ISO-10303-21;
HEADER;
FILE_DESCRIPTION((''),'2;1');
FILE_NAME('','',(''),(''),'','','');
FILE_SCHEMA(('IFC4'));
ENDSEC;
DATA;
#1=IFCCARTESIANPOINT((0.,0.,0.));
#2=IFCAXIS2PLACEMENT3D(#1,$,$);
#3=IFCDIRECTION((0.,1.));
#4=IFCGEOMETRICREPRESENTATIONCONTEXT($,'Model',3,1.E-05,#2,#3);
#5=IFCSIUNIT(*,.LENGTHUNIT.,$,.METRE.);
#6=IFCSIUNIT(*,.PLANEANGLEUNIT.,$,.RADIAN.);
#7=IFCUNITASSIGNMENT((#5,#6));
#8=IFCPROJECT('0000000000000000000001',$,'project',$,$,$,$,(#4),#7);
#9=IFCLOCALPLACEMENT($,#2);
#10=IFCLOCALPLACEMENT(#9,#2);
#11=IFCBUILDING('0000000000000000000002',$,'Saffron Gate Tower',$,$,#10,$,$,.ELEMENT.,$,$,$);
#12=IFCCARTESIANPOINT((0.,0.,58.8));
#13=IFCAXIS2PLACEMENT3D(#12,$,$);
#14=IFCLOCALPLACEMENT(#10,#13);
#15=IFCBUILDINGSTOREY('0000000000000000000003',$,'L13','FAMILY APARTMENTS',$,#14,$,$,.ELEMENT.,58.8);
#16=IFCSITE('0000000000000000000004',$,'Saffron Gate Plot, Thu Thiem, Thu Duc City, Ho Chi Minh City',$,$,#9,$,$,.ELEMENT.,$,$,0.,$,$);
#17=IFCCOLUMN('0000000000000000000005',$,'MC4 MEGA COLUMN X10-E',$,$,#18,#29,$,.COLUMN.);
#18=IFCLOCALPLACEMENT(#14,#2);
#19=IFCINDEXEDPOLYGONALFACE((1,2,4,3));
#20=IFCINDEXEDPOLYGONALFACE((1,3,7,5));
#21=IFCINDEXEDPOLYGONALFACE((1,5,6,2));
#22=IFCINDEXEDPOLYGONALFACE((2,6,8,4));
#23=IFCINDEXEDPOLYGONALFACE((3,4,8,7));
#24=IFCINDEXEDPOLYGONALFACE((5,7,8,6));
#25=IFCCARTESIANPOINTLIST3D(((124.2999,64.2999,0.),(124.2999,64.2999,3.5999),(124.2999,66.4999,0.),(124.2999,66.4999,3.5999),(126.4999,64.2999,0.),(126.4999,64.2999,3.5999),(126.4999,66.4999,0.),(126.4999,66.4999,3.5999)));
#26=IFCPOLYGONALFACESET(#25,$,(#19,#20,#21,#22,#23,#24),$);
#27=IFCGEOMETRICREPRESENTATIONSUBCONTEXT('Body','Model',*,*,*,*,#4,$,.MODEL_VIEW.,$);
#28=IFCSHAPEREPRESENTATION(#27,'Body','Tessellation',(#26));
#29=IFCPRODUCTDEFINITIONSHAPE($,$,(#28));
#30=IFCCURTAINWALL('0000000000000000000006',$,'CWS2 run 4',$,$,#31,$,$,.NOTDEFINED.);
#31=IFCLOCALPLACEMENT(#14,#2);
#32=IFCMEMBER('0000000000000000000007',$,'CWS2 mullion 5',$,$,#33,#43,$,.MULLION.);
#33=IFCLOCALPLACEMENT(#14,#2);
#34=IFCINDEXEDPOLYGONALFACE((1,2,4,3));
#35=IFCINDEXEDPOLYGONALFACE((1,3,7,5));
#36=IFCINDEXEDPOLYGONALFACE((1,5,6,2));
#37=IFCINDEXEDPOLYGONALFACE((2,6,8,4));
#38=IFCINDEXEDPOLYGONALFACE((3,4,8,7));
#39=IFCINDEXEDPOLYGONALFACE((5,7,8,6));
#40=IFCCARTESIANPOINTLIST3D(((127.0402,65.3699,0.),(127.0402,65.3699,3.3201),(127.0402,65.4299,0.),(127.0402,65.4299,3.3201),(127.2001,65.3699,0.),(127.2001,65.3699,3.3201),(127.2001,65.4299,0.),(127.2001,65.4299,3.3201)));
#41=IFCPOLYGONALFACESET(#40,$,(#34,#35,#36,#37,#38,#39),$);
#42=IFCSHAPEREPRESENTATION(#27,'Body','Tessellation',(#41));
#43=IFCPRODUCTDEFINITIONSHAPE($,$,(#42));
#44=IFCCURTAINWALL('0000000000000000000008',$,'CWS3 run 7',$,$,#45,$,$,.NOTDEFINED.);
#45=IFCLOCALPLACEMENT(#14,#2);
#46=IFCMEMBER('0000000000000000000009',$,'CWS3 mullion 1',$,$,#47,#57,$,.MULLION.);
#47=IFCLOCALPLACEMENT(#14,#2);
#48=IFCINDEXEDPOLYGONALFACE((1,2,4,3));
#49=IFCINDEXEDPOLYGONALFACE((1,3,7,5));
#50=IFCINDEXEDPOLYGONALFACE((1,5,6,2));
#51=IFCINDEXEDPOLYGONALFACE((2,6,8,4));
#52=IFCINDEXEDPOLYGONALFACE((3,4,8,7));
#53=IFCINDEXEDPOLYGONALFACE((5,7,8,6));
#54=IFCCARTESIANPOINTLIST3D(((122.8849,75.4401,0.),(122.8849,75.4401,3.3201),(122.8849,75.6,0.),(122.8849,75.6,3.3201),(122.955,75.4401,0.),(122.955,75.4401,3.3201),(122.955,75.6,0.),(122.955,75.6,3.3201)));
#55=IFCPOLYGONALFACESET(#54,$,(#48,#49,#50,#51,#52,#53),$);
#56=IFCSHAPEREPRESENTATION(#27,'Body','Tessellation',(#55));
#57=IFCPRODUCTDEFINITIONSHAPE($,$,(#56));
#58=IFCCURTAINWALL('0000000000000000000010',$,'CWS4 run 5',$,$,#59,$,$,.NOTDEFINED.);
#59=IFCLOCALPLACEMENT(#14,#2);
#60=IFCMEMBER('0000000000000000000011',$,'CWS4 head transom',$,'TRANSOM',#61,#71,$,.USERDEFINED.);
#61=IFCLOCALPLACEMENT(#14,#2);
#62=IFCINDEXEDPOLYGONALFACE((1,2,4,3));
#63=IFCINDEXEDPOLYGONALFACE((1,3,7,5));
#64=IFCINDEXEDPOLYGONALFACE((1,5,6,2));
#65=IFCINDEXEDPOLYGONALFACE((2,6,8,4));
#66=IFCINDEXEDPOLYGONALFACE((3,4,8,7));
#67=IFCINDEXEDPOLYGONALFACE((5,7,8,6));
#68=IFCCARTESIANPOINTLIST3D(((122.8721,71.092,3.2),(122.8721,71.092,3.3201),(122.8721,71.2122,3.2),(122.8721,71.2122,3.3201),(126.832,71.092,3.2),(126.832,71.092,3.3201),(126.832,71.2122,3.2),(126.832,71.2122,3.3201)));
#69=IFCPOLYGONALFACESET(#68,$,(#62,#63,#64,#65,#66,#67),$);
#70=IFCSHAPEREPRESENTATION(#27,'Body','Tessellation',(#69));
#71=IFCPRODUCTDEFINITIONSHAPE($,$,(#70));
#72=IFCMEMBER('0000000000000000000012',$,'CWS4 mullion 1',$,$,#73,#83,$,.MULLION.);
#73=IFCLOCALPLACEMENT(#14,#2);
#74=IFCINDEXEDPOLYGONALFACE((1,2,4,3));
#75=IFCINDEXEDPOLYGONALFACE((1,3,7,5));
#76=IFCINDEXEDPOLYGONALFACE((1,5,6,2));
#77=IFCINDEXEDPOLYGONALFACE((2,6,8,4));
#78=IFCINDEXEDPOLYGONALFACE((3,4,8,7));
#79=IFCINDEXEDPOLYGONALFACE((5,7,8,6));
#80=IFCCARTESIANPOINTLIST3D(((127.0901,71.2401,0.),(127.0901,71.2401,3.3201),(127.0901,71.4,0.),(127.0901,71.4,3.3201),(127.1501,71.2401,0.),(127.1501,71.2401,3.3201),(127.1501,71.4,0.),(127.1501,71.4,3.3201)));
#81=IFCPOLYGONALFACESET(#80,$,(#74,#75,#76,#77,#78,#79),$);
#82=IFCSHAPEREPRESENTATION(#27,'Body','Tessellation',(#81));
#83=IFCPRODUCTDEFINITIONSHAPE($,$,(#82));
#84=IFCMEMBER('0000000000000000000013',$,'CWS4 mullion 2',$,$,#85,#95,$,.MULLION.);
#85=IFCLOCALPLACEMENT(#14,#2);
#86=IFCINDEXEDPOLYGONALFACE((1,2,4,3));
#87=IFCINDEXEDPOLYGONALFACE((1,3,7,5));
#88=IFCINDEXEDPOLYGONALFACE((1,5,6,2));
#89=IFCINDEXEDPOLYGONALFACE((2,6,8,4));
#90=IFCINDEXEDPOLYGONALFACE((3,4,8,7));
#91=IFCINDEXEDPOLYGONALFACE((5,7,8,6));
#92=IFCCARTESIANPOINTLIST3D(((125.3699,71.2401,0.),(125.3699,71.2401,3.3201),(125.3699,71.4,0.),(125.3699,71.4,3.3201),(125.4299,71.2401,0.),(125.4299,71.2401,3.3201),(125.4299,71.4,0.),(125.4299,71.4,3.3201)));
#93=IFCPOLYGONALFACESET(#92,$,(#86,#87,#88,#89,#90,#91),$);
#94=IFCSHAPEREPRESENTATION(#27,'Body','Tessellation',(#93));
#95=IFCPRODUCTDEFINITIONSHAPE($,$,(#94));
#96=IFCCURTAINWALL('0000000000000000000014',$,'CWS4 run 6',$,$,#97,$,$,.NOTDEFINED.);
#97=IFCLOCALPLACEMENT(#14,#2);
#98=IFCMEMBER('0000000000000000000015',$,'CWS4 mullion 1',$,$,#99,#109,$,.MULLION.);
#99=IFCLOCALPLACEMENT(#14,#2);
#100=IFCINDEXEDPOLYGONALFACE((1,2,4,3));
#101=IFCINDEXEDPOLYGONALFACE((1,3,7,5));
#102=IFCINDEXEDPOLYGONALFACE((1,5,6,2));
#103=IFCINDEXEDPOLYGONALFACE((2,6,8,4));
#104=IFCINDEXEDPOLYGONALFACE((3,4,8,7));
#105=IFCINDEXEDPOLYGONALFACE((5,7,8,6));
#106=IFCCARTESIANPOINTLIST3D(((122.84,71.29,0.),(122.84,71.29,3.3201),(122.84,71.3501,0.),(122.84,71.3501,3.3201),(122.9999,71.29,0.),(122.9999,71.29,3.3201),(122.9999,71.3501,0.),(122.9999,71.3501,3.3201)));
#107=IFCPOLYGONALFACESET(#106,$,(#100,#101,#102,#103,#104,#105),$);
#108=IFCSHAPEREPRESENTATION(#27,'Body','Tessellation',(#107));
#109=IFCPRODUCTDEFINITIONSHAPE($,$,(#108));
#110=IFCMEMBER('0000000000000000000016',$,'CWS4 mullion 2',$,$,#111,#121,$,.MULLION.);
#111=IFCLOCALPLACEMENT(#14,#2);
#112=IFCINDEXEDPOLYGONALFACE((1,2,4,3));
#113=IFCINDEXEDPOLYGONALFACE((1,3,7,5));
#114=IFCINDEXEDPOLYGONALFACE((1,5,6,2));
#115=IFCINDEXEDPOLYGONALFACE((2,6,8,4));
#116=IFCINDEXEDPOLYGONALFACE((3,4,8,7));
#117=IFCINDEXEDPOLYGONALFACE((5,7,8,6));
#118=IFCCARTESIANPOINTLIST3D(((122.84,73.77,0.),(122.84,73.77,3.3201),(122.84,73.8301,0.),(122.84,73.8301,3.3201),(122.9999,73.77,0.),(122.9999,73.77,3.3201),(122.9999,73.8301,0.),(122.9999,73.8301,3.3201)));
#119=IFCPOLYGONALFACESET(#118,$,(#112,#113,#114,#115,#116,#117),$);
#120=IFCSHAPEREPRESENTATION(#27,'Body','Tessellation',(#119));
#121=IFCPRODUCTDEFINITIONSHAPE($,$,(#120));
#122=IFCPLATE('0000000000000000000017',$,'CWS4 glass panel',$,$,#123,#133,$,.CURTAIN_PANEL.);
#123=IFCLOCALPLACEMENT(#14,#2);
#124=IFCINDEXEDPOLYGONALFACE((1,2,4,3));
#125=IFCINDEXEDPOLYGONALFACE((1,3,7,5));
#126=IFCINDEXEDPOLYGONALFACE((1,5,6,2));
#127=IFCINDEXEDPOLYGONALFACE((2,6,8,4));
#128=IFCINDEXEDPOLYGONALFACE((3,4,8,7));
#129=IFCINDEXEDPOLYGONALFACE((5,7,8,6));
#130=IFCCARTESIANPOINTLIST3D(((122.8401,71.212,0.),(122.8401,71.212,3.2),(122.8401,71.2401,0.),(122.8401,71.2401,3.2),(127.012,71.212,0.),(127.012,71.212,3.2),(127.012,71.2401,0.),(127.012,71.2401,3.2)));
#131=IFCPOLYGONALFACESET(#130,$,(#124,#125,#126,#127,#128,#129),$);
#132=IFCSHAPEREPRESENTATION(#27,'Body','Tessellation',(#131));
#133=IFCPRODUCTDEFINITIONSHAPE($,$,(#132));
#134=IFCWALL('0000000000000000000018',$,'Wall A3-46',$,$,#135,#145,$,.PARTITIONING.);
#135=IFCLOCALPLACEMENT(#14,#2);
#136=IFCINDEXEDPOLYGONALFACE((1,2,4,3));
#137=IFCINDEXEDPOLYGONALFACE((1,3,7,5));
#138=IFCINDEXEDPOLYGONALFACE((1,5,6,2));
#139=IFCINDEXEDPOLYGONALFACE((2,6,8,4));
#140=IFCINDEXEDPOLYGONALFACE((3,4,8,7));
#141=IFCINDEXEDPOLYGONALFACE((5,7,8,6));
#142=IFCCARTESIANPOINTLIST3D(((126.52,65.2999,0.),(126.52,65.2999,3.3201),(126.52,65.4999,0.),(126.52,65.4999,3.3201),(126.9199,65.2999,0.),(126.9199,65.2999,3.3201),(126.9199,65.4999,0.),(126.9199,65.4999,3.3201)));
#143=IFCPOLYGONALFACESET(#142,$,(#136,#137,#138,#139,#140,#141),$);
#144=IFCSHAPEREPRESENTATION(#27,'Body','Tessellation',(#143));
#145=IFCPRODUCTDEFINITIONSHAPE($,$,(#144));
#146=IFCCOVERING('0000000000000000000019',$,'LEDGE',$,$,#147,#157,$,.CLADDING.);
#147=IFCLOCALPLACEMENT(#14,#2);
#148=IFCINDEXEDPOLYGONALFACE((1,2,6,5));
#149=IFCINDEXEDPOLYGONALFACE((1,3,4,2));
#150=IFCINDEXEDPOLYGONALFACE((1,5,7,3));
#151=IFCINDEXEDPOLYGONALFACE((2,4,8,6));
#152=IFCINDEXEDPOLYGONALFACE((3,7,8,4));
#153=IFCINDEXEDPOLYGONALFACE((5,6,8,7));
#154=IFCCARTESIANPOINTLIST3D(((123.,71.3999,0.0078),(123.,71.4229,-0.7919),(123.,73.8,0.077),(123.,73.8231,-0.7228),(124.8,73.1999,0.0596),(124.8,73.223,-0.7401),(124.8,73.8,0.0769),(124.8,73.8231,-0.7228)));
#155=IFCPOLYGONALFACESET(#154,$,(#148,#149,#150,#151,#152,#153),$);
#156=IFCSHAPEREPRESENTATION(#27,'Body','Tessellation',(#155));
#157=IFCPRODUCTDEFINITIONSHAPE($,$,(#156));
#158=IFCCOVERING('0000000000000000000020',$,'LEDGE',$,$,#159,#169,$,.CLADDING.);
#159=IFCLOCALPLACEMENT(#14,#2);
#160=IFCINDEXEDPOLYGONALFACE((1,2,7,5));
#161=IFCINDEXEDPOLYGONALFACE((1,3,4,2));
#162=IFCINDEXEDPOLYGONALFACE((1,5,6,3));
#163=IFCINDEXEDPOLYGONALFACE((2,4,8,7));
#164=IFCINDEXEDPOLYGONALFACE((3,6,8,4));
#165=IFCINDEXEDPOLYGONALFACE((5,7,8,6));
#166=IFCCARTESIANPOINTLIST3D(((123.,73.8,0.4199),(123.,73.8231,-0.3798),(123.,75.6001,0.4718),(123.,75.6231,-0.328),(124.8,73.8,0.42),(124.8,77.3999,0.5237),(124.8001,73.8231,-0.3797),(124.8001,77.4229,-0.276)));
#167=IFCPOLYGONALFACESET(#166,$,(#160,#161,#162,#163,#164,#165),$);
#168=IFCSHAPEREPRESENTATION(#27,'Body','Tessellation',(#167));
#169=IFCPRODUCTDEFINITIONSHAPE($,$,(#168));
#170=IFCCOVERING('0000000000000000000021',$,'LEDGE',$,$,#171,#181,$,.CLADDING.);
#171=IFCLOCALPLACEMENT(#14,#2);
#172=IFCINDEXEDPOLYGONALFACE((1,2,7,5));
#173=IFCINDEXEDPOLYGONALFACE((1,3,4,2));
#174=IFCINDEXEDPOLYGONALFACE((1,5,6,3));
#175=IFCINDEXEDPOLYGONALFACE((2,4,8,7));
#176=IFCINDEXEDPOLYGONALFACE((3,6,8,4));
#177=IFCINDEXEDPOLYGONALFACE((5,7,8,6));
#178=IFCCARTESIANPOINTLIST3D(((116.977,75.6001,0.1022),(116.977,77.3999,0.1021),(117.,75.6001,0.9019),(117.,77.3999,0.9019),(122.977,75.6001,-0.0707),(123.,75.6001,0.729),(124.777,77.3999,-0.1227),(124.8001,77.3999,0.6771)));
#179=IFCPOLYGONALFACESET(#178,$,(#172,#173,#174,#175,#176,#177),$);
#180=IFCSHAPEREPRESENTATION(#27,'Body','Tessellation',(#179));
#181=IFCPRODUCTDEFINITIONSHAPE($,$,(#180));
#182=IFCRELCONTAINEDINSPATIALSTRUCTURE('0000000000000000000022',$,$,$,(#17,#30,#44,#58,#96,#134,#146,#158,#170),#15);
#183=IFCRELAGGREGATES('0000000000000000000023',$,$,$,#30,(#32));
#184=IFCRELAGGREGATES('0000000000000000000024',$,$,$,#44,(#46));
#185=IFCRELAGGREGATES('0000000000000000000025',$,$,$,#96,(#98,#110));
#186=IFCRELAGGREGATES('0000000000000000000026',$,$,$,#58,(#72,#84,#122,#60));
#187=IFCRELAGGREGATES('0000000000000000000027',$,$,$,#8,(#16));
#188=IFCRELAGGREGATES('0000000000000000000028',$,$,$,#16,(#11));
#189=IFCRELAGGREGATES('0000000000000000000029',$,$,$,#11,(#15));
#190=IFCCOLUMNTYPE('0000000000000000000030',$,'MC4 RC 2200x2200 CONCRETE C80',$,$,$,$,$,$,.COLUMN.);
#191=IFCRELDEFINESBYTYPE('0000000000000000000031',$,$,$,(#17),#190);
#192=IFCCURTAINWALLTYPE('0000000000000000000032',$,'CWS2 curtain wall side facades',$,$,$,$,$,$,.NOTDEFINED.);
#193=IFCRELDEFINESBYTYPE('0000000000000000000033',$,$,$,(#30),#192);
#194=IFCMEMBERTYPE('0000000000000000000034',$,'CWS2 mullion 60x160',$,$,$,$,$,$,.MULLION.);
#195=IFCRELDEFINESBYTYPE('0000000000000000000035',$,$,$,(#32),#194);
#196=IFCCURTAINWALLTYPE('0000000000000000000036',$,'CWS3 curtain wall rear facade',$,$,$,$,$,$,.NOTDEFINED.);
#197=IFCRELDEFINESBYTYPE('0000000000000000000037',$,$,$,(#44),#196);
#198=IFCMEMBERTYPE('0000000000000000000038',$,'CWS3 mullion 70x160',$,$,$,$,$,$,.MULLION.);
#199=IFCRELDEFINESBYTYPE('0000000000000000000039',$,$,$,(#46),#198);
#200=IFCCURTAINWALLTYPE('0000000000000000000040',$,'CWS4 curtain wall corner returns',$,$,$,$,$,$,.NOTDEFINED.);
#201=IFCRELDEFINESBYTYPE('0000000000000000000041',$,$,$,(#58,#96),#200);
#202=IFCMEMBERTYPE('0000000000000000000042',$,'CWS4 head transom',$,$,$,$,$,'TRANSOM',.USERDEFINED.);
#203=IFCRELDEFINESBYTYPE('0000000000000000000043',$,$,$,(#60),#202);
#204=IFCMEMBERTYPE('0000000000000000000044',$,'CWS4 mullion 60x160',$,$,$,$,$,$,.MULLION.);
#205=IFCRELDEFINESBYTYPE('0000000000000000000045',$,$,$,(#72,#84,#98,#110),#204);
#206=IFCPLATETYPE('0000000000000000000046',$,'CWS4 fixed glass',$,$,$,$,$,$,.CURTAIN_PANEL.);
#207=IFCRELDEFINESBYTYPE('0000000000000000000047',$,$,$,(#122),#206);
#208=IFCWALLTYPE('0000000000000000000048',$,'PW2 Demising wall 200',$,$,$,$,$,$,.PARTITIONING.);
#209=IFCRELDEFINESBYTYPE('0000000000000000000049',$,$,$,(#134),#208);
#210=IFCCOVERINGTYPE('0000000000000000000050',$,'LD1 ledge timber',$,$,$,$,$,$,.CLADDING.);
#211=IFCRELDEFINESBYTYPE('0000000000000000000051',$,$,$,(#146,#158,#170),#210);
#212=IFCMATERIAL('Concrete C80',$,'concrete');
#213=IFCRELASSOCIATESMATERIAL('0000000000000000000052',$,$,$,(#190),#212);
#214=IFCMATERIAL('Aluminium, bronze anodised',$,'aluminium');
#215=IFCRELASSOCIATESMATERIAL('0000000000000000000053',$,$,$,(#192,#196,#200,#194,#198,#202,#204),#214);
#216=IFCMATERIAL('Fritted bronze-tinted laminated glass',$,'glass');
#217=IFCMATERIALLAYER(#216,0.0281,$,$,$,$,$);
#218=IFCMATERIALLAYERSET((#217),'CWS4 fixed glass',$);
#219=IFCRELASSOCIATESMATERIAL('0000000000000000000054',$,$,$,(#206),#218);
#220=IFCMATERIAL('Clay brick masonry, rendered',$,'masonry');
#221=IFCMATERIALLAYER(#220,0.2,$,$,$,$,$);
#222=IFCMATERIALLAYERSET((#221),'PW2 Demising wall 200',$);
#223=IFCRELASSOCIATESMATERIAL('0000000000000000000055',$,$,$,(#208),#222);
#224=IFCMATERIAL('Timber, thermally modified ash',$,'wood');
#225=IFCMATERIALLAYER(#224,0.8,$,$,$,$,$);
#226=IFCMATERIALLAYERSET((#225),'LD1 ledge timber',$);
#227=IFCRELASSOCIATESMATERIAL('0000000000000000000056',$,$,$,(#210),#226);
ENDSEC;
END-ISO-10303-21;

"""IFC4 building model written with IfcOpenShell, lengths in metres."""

from ifc_helpers import new_model, si_unit, direction, frame, frame_2d, origin, origin_2d, place, context, subcontext, project, spatial, polyline, rectangle, outline, extrude, material, layer, layer_set, material_profile, profile_set, type_object, element, aggregate, save


model = new_model("IFC4")

# Units and contexts
model_context = context("Model", 3, precision=1e-05, world=origin(), true_north=direction((0.0, 1.0)))
body_context = subcontext(model_context, "Body", "Model", "MODEL_VIEW")
ifc_project = project(units=[si_unit("LENGTHUNIT", "METRE"), si_unit("PLANEANGLEUNIT", "RADIAN")], contexts=[model_context])

# Site, building, storey
site_placement = place(None, origin())
site = spatial("IfcSite", under=ifc_project, at=site_placement, Name="Saffron Gate Plot, Thu Thiem, Thu Duc City, Ho Chi Minh City", CompositionType="ELEMENT", RefElevation=0.0)
building_placement = place(site_placement, origin())
building = spatial("IfcBuilding", under=site, at=building_placement, Name="Saffron Gate Tower", CompositionType="ELEMENT")
storey_placement = place(building_placement, frame((0.0, 0.0, 58.8)))
storey = spatial("IfcBuildingStorey", under=building, at=storey_placement, Name="L13", Description="FAMILY APARTMENTS", CompositionType="ELEMENT", Elevation=58.8)

# Column
ifc_material_1 = material(Name="Concrete C80", Category="concrete")
ifc_material_profile_1 = material_profile(ifc_material_1, rectangle(XDim=2.2, YDim=2.2, at=origin_2d()))
ifc_profile_set_1 = profile_set([ifc_material_profile_1], Name="Concrete C80")
column_type = type_object("IfcColumnType", Name="MC4 RC 2200x2200 CONCRETE C80", PredefinedType="COLUMN", material=ifc_profile_set_1)
column_placement = place(storey_placement, frame((125.3999, 65.3999, 0.0), z_axis=(0.0, 0.0, 1.0), x_axis=(1.0, 0.0, 0.0)))
element("IfcColumn", 1, at=column_placement, inside=storey, type_object=column_type, Name="MC4 MEGA COLUMN X10-E", PredefinedType="COLUMN", context=body_context, shape_type="SweptSolid", body=[
    extrude(rectangle(XDim=2.2, YDim=2.2, at=origin_2d()), origin(), (0.0, 0.0, 1.0), 3.5999),
])

# Curtain walls, members
ifc_material_2 = material(Name="Aluminium, bronze anodised", Category="aluminium")
curtain_wall_type_1 = type_object("IfcCurtainWallType", Name="CWS2 curtain wall side facades", PredefinedType="NOTDEFINED", material=ifc_material_2)
curtain_wall_1_placement = place(storey_placement, origin())
curtain_wall_1 = element("IfcCurtainWall", 2, at=curtain_wall_1_placement, inside=storey, type_object=curtain_wall_type_1, Name="CWS2 run 4", PredefinedType="NOTDEFINED")
ifc_material_profile_2 = material_profile(ifc_material_2, rectangle(XDim=0.1599, YDim=0.0601, at=origin_2d()))
ifc_profile_set_2 = profile_set([ifc_material_profile_2], Name="Aluminium, bronze anodised")
member_type_1 = type_object("IfcMemberType", Name="CWS2 mullion 60x160", PredefinedType="MULLION", material=ifc_profile_set_2)
member_1_placement = place(storey_placement, frame((127.1201, 65.3999, 0.0), z_axis=(0.0, 0.0, 1.0), x_axis=(-1.0, 0.0, 0.0)))
member_1 = element("IfcMember", 3, at=member_1_placement, type_object=member_type_1, Name="CWS2 mullion 5", PredefinedType="MULLION", context=body_context, shape_type="SweptSolid", body=[
    extrude(rectangle(XDim=0.1599, YDim=0.0601, at=origin_2d()), origin(), (0.0, 0.0, 1.0), 3.3201),
])
aggregate(curtain_wall_1, [member_1])
curtain_wall_type_2 = type_object("IfcCurtainWallType", Name="CWS3 curtain wall rear facade", PredefinedType="NOTDEFINED", material=ifc_material_2)
curtain_wall_2_placement = place(storey_placement, origin())
curtain_wall_2 = element("IfcCurtainWall", 4, at=curtain_wall_2_placement, inside=storey, type_object=curtain_wall_type_2, Name="CWS3 run 7", PredefinedType="NOTDEFINED")
ifc_material_profile_3 = material_profile(ifc_material_2, rectangle(XDim=0.1599, YDim=0.0701, at=origin_2d()))
ifc_profile_set_3 = profile_set([ifc_material_profile_3], Name="Aluminium, bronze anodised")
member_type_2 = type_object("IfcMemberType", Name="CWS3 mullion 70x160", PredefinedType="MULLION", material=ifc_profile_set_3)
member_2_placement = place(storey_placement, frame((122.9199, 75.52, 0.0), z_axis=(0.0, 0.0, 1.0), x_axis=(0.0, -1.0, 0.0)))
member_2 = element("IfcMember", 5, at=member_2_placement, type_object=member_type_2, Name="CWS3 mullion 1", PredefinedType="MULLION", context=body_context, shape_type="SweptSolid", body=[
    extrude(rectangle(XDim=0.1599, YDim=0.0701, at=origin_2d()), origin(), (0.0, 0.0, 1.0), 3.3201),
])
aggregate(curtain_wall_2, [member_2])

# Curtain walls, members
curtain_wall_type_3 = type_object("IfcCurtainWallType", Name="CWS4 curtain wall corner returns", PredefinedType="NOTDEFINED", material=ifc_material_2)
curtain_wall_3_placement = place(storey_placement, origin())
curtain_wall_3 = element("IfcCurtainWall", 6, at=curtain_wall_3_placement, inside=storey, type_object=curtain_wall_type_3, Name="CWS4 run 5", PredefinedType="NOTDEFINED")
ifc_material_profile_4 = material_profile(ifc_material_2, rectangle(XDim=0.1201, YDim=0.1201, at=origin_2d()))
ifc_profile_set_4 = profile_set([ifc_material_profile_4], Name="Aluminium, bronze anodised")
member_type_3 = type_object("IfcMemberType", Name="CWS4 head transom", ElementType="TRANSOM", PredefinedType="USERDEFINED", material=ifc_profile_set_4)
member_3_placement = place(storey_placement, frame((126.832, 71.1521, 3.26), z_axis=(-1.0, 0.0, 0.0), x_axis=(0.0, -1.0, 0.0)))
member_3 = element("IfcMember", 7, at=member_3_placement, type_object=member_type_3, Name="CWS4 head transom", ObjectType="TRANSOM", PredefinedType="USERDEFINED", context=body_context, shape_type="SweptSolid", body=[
    extrude(rectangle(XDim=0.1201, YDim=0.1201, at=origin_2d()), origin(), (0.0, 0.0, 1.0), 3.96),
])
ifc_material_profile_5 = material_profile(ifc_material_2, rectangle(XDim=0.1599, YDim=0.0601, at=origin_2d()))
ifc_profile_set_5 = profile_set([ifc_material_profile_5], Name="Aluminium, bronze anodised")
member_type_4 = type_object("IfcMemberType", Name="CWS4 mullion 60x160", PredefinedType="MULLION", material=ifc_profile_set_5)
member_4_placement = place(storey_placement, frame((127.1201, 71.3201, 0.0), z_axis=(0.0, 0.0, 1.0), x_axis=(0.0, -1.0, 0.0)))
member_4 = element("IfcMember", 8, at=member_4_placement, type_object=member_type_4, Name="CWS4 mullion 1", PredefinedType="MULLION", context=body_context, shape_type="SweptSolid", body=[
    extrude(rectangle(XDim=0.1599, YDim=0.0601, at=origin_2d()), origin(), (0.0, 0.0, 1.0), 3.3201),
])
member_5_placement = place(storey_placement, frame((125.3999, 71.3201, 0.0), z_axis=(0.0, 0.0, 1.0), x_axis=(0.0, -1.0, 0.0)))
member_5 = element("IfcMember", 9, at=member_5_placement, type_object=member_type_4, Name="CWS4 mullion 2", PredefinedType="MULLION", context=body_context, shape_type="SweptSolid", body=[
    extrude(rectangle(XDim=0.1599, YDim=0.0601, at=origin_2d()), origin(), (0.0, 0.0, 1.0), 3.3201),
])
curtain_wall_4_placement = place(storey_placement, origin())
curtain_wall_4 = element("IfcCurtainWall", 10, at=curtain_wall_4_placement, inside=storey, type_object=curtain_wall_type_3, Name="CWS4 run 6", PredefinedType="NOTDEFINED")
member_6_placement = place(storey_placement, frame((122.9199, 71.3201, 0.0), z_axis=(0.0, 0.0, 1.0), x_axis=(-1.0, 0.0, 0.0)))
member_6 = element("IfcMember", 11, at=member_6_placement, type_object=member_type_4, Name="CWS4 mullion 1", PredefinedType="MULLION", context=body_context, shape_type="SweptSolid", body=[
    extrude(rectangle(XDim=0.1599, YDim=0.0601, at=origin_2d()), origin(), (0.0, 0.0, 1.0), 3.3201),
])
member_7_placement = place(storey_placement, frame((122.9199, 73.8, 0.0), z_axis=(0.0, 0.0, 1.0), x_axis=(-1.0, 0.0, 0.0)))
member_7 = element("IfcMember", 12, at=member_7_placement, type_object=member_type_4, Name="CWS4 mullion 2", PredefinedType="MULLION", context=body_context, shape_type="SweptSolid", body=[
    extrude(rectangle(XDim=0.1599, YDim=0.0601, at=origin_2d()), origin(), (0.0, 0.0, 1.0), 3.3201),
])
aggregate(curtain_wall_4, [member_6, member_7])

# Plate
ifc_material_3 = material(Name="Fritted bronze-tinted laminated glass", Category="glass")
ifc_layer_1 = layer(ifc_material_3, 0.0281)
ifc_layer_set_1 = layer_set([ifc_layer_1], Name="CWS4 fixed glass")
plate_type = type_object("IfcPlateType", Name="CWS4 fixed glass", PredefinedType="CURTAIN_PANEL", material=ifc_layer_set_1)
plate_placement = place(storey_placement, frame((127.012, 71.2261, 0.0), z_axis=(0.0, 0.0, 1.0), x_axis=(-1.0, 0.0, 0.0)))
plate = element("IfcPlate", 13, at=plate_placement, type_object=plate_type, Name="CWS4 glass panel", PredefinedType="CURTAIN_PANEL", context=body_context, shape_type="SweptSolid", body=[
    extrude(rectangle(XDim=4.1719, YDim=0.0281, at=frame_2d((2.0859, 0.0))), origin(), (0.0, 0.0, 1.0), 3.2),
])
aggregate(curtain_wall_3, [member_4, member_5, plate, member_3])

# Wall
ifc_material_4 = material(Name="Clay brick masonry, rendered", Category="masonry")
ifc_layer_2 = layer(ifc_material_4, 0.2)
ifc_layer_set_2 = layer_set([ifc_layer_2], Name="PW2 Demising wall 200")
wall_type = type_object("IfcWallType", Name="PW2 Demising wall 200", PredefinedType="PARTITIONING", material=ifc_layer_set_2)
wall_placement = place(storey_placement, frame((126.52, 65.3999, 0.0), z_axis=(0.0, 0.0, 1.0), x_axis=(1.0, 0.0, 0.0)))
element("IfcWall", 14, at=wall_placement, inside=storey, type_object=wall_type, Name="Wall A3-46", PredefinedType="PARTITIONING", context=body_context, shape_type="SweptSolid", body=[
    extrude(rectangle(XDim=0.3999, YDim=0.2, at=frame_2d((0.2, 0.0))), origin(), (0.0, 0.0, 1.0), 3.3201),
])

# Coverings
ifc_material_5 = material(Name="Timber, thermally modified ash", Category="wood")
ifc_layer_3 = layer(ifc_material_5, 0.8)
ifc_layer_set_3 = layer_set([ifc_layer_3], Name="LD1 ledge timber")
covering_type_1 = type_object("IfcCoveringType", Name="LD1 ledge timber", PredefinedType="CLADDING", material=ifc_layer_set_3)
covering_1_placement = place(storey_placement, frame((123.0, 71.3999, 0.0078), z_axis=(0.000026, -0.028794, 0.999585), x_axis=(0.0, 0.999585, 0.028794)))
element("IfcCovering", 15, at=covering_1_placement, inside=storey, type_object=covering_type_1, Name="LEDGE", PredefinedType="CLADDING", context=body_context, shape_type="SweptSolid", body=[
    extrude(outline(polyline([(0.0, 0.0), (2.4011, 0.0), (2.4011, -1.8), (1.8008, -1.8), (0.0, 0.0)])), origin(), (0.0, 0.0, -1.0), 0.8),
])
covering_2_placement = place(storey_placement, frame((123.0, 73.8, 0.4199), z_axis=(-0.000046, -0.028788, 0.999586), x_axis=(0.0, 0.999586, 0.028788)))
element("IfcCovering", 16, at=covering_2_placement, inside=storey, type_object=covering_type_1, Name="LEDGE", PredefinedType="CLADDING", context=body_context, shape_type="SweptSolid", body=[
    extrude(outline(polyline([(0.0, 0.0), (1.8008, 0.0), (3.6013, -1.8), (0.0, -1.8), (0.0, 0.0)])), origin(), (0.0, 0.0, -1.0), 0.8),
])
covering_3_placement = place(storey_placement, frame((123.0, 75.6001, 0.729), z_axis=(0.028807, 0.000035, 0.999585), x_axis=(-0.999585, 0.0, 0.028807)))
element("IfcCovering", 17, at=covering_3_placement, inside=storey, type_object=covering_type_1, Name="LEDGE", PredefinedType="CLADDING", context=body_context, shape_type="SweptSolid", body=[
    extrude(outline(polyline([(0.0, 0.0), (6.0025, 0.0), (6.0025, -1.7998), (-1.8008, -1.7998), (0.0, 0.0)])), origin(), (0.0, 0.0, -1.0), 0.8),
])

save(model, "model.ifc")
